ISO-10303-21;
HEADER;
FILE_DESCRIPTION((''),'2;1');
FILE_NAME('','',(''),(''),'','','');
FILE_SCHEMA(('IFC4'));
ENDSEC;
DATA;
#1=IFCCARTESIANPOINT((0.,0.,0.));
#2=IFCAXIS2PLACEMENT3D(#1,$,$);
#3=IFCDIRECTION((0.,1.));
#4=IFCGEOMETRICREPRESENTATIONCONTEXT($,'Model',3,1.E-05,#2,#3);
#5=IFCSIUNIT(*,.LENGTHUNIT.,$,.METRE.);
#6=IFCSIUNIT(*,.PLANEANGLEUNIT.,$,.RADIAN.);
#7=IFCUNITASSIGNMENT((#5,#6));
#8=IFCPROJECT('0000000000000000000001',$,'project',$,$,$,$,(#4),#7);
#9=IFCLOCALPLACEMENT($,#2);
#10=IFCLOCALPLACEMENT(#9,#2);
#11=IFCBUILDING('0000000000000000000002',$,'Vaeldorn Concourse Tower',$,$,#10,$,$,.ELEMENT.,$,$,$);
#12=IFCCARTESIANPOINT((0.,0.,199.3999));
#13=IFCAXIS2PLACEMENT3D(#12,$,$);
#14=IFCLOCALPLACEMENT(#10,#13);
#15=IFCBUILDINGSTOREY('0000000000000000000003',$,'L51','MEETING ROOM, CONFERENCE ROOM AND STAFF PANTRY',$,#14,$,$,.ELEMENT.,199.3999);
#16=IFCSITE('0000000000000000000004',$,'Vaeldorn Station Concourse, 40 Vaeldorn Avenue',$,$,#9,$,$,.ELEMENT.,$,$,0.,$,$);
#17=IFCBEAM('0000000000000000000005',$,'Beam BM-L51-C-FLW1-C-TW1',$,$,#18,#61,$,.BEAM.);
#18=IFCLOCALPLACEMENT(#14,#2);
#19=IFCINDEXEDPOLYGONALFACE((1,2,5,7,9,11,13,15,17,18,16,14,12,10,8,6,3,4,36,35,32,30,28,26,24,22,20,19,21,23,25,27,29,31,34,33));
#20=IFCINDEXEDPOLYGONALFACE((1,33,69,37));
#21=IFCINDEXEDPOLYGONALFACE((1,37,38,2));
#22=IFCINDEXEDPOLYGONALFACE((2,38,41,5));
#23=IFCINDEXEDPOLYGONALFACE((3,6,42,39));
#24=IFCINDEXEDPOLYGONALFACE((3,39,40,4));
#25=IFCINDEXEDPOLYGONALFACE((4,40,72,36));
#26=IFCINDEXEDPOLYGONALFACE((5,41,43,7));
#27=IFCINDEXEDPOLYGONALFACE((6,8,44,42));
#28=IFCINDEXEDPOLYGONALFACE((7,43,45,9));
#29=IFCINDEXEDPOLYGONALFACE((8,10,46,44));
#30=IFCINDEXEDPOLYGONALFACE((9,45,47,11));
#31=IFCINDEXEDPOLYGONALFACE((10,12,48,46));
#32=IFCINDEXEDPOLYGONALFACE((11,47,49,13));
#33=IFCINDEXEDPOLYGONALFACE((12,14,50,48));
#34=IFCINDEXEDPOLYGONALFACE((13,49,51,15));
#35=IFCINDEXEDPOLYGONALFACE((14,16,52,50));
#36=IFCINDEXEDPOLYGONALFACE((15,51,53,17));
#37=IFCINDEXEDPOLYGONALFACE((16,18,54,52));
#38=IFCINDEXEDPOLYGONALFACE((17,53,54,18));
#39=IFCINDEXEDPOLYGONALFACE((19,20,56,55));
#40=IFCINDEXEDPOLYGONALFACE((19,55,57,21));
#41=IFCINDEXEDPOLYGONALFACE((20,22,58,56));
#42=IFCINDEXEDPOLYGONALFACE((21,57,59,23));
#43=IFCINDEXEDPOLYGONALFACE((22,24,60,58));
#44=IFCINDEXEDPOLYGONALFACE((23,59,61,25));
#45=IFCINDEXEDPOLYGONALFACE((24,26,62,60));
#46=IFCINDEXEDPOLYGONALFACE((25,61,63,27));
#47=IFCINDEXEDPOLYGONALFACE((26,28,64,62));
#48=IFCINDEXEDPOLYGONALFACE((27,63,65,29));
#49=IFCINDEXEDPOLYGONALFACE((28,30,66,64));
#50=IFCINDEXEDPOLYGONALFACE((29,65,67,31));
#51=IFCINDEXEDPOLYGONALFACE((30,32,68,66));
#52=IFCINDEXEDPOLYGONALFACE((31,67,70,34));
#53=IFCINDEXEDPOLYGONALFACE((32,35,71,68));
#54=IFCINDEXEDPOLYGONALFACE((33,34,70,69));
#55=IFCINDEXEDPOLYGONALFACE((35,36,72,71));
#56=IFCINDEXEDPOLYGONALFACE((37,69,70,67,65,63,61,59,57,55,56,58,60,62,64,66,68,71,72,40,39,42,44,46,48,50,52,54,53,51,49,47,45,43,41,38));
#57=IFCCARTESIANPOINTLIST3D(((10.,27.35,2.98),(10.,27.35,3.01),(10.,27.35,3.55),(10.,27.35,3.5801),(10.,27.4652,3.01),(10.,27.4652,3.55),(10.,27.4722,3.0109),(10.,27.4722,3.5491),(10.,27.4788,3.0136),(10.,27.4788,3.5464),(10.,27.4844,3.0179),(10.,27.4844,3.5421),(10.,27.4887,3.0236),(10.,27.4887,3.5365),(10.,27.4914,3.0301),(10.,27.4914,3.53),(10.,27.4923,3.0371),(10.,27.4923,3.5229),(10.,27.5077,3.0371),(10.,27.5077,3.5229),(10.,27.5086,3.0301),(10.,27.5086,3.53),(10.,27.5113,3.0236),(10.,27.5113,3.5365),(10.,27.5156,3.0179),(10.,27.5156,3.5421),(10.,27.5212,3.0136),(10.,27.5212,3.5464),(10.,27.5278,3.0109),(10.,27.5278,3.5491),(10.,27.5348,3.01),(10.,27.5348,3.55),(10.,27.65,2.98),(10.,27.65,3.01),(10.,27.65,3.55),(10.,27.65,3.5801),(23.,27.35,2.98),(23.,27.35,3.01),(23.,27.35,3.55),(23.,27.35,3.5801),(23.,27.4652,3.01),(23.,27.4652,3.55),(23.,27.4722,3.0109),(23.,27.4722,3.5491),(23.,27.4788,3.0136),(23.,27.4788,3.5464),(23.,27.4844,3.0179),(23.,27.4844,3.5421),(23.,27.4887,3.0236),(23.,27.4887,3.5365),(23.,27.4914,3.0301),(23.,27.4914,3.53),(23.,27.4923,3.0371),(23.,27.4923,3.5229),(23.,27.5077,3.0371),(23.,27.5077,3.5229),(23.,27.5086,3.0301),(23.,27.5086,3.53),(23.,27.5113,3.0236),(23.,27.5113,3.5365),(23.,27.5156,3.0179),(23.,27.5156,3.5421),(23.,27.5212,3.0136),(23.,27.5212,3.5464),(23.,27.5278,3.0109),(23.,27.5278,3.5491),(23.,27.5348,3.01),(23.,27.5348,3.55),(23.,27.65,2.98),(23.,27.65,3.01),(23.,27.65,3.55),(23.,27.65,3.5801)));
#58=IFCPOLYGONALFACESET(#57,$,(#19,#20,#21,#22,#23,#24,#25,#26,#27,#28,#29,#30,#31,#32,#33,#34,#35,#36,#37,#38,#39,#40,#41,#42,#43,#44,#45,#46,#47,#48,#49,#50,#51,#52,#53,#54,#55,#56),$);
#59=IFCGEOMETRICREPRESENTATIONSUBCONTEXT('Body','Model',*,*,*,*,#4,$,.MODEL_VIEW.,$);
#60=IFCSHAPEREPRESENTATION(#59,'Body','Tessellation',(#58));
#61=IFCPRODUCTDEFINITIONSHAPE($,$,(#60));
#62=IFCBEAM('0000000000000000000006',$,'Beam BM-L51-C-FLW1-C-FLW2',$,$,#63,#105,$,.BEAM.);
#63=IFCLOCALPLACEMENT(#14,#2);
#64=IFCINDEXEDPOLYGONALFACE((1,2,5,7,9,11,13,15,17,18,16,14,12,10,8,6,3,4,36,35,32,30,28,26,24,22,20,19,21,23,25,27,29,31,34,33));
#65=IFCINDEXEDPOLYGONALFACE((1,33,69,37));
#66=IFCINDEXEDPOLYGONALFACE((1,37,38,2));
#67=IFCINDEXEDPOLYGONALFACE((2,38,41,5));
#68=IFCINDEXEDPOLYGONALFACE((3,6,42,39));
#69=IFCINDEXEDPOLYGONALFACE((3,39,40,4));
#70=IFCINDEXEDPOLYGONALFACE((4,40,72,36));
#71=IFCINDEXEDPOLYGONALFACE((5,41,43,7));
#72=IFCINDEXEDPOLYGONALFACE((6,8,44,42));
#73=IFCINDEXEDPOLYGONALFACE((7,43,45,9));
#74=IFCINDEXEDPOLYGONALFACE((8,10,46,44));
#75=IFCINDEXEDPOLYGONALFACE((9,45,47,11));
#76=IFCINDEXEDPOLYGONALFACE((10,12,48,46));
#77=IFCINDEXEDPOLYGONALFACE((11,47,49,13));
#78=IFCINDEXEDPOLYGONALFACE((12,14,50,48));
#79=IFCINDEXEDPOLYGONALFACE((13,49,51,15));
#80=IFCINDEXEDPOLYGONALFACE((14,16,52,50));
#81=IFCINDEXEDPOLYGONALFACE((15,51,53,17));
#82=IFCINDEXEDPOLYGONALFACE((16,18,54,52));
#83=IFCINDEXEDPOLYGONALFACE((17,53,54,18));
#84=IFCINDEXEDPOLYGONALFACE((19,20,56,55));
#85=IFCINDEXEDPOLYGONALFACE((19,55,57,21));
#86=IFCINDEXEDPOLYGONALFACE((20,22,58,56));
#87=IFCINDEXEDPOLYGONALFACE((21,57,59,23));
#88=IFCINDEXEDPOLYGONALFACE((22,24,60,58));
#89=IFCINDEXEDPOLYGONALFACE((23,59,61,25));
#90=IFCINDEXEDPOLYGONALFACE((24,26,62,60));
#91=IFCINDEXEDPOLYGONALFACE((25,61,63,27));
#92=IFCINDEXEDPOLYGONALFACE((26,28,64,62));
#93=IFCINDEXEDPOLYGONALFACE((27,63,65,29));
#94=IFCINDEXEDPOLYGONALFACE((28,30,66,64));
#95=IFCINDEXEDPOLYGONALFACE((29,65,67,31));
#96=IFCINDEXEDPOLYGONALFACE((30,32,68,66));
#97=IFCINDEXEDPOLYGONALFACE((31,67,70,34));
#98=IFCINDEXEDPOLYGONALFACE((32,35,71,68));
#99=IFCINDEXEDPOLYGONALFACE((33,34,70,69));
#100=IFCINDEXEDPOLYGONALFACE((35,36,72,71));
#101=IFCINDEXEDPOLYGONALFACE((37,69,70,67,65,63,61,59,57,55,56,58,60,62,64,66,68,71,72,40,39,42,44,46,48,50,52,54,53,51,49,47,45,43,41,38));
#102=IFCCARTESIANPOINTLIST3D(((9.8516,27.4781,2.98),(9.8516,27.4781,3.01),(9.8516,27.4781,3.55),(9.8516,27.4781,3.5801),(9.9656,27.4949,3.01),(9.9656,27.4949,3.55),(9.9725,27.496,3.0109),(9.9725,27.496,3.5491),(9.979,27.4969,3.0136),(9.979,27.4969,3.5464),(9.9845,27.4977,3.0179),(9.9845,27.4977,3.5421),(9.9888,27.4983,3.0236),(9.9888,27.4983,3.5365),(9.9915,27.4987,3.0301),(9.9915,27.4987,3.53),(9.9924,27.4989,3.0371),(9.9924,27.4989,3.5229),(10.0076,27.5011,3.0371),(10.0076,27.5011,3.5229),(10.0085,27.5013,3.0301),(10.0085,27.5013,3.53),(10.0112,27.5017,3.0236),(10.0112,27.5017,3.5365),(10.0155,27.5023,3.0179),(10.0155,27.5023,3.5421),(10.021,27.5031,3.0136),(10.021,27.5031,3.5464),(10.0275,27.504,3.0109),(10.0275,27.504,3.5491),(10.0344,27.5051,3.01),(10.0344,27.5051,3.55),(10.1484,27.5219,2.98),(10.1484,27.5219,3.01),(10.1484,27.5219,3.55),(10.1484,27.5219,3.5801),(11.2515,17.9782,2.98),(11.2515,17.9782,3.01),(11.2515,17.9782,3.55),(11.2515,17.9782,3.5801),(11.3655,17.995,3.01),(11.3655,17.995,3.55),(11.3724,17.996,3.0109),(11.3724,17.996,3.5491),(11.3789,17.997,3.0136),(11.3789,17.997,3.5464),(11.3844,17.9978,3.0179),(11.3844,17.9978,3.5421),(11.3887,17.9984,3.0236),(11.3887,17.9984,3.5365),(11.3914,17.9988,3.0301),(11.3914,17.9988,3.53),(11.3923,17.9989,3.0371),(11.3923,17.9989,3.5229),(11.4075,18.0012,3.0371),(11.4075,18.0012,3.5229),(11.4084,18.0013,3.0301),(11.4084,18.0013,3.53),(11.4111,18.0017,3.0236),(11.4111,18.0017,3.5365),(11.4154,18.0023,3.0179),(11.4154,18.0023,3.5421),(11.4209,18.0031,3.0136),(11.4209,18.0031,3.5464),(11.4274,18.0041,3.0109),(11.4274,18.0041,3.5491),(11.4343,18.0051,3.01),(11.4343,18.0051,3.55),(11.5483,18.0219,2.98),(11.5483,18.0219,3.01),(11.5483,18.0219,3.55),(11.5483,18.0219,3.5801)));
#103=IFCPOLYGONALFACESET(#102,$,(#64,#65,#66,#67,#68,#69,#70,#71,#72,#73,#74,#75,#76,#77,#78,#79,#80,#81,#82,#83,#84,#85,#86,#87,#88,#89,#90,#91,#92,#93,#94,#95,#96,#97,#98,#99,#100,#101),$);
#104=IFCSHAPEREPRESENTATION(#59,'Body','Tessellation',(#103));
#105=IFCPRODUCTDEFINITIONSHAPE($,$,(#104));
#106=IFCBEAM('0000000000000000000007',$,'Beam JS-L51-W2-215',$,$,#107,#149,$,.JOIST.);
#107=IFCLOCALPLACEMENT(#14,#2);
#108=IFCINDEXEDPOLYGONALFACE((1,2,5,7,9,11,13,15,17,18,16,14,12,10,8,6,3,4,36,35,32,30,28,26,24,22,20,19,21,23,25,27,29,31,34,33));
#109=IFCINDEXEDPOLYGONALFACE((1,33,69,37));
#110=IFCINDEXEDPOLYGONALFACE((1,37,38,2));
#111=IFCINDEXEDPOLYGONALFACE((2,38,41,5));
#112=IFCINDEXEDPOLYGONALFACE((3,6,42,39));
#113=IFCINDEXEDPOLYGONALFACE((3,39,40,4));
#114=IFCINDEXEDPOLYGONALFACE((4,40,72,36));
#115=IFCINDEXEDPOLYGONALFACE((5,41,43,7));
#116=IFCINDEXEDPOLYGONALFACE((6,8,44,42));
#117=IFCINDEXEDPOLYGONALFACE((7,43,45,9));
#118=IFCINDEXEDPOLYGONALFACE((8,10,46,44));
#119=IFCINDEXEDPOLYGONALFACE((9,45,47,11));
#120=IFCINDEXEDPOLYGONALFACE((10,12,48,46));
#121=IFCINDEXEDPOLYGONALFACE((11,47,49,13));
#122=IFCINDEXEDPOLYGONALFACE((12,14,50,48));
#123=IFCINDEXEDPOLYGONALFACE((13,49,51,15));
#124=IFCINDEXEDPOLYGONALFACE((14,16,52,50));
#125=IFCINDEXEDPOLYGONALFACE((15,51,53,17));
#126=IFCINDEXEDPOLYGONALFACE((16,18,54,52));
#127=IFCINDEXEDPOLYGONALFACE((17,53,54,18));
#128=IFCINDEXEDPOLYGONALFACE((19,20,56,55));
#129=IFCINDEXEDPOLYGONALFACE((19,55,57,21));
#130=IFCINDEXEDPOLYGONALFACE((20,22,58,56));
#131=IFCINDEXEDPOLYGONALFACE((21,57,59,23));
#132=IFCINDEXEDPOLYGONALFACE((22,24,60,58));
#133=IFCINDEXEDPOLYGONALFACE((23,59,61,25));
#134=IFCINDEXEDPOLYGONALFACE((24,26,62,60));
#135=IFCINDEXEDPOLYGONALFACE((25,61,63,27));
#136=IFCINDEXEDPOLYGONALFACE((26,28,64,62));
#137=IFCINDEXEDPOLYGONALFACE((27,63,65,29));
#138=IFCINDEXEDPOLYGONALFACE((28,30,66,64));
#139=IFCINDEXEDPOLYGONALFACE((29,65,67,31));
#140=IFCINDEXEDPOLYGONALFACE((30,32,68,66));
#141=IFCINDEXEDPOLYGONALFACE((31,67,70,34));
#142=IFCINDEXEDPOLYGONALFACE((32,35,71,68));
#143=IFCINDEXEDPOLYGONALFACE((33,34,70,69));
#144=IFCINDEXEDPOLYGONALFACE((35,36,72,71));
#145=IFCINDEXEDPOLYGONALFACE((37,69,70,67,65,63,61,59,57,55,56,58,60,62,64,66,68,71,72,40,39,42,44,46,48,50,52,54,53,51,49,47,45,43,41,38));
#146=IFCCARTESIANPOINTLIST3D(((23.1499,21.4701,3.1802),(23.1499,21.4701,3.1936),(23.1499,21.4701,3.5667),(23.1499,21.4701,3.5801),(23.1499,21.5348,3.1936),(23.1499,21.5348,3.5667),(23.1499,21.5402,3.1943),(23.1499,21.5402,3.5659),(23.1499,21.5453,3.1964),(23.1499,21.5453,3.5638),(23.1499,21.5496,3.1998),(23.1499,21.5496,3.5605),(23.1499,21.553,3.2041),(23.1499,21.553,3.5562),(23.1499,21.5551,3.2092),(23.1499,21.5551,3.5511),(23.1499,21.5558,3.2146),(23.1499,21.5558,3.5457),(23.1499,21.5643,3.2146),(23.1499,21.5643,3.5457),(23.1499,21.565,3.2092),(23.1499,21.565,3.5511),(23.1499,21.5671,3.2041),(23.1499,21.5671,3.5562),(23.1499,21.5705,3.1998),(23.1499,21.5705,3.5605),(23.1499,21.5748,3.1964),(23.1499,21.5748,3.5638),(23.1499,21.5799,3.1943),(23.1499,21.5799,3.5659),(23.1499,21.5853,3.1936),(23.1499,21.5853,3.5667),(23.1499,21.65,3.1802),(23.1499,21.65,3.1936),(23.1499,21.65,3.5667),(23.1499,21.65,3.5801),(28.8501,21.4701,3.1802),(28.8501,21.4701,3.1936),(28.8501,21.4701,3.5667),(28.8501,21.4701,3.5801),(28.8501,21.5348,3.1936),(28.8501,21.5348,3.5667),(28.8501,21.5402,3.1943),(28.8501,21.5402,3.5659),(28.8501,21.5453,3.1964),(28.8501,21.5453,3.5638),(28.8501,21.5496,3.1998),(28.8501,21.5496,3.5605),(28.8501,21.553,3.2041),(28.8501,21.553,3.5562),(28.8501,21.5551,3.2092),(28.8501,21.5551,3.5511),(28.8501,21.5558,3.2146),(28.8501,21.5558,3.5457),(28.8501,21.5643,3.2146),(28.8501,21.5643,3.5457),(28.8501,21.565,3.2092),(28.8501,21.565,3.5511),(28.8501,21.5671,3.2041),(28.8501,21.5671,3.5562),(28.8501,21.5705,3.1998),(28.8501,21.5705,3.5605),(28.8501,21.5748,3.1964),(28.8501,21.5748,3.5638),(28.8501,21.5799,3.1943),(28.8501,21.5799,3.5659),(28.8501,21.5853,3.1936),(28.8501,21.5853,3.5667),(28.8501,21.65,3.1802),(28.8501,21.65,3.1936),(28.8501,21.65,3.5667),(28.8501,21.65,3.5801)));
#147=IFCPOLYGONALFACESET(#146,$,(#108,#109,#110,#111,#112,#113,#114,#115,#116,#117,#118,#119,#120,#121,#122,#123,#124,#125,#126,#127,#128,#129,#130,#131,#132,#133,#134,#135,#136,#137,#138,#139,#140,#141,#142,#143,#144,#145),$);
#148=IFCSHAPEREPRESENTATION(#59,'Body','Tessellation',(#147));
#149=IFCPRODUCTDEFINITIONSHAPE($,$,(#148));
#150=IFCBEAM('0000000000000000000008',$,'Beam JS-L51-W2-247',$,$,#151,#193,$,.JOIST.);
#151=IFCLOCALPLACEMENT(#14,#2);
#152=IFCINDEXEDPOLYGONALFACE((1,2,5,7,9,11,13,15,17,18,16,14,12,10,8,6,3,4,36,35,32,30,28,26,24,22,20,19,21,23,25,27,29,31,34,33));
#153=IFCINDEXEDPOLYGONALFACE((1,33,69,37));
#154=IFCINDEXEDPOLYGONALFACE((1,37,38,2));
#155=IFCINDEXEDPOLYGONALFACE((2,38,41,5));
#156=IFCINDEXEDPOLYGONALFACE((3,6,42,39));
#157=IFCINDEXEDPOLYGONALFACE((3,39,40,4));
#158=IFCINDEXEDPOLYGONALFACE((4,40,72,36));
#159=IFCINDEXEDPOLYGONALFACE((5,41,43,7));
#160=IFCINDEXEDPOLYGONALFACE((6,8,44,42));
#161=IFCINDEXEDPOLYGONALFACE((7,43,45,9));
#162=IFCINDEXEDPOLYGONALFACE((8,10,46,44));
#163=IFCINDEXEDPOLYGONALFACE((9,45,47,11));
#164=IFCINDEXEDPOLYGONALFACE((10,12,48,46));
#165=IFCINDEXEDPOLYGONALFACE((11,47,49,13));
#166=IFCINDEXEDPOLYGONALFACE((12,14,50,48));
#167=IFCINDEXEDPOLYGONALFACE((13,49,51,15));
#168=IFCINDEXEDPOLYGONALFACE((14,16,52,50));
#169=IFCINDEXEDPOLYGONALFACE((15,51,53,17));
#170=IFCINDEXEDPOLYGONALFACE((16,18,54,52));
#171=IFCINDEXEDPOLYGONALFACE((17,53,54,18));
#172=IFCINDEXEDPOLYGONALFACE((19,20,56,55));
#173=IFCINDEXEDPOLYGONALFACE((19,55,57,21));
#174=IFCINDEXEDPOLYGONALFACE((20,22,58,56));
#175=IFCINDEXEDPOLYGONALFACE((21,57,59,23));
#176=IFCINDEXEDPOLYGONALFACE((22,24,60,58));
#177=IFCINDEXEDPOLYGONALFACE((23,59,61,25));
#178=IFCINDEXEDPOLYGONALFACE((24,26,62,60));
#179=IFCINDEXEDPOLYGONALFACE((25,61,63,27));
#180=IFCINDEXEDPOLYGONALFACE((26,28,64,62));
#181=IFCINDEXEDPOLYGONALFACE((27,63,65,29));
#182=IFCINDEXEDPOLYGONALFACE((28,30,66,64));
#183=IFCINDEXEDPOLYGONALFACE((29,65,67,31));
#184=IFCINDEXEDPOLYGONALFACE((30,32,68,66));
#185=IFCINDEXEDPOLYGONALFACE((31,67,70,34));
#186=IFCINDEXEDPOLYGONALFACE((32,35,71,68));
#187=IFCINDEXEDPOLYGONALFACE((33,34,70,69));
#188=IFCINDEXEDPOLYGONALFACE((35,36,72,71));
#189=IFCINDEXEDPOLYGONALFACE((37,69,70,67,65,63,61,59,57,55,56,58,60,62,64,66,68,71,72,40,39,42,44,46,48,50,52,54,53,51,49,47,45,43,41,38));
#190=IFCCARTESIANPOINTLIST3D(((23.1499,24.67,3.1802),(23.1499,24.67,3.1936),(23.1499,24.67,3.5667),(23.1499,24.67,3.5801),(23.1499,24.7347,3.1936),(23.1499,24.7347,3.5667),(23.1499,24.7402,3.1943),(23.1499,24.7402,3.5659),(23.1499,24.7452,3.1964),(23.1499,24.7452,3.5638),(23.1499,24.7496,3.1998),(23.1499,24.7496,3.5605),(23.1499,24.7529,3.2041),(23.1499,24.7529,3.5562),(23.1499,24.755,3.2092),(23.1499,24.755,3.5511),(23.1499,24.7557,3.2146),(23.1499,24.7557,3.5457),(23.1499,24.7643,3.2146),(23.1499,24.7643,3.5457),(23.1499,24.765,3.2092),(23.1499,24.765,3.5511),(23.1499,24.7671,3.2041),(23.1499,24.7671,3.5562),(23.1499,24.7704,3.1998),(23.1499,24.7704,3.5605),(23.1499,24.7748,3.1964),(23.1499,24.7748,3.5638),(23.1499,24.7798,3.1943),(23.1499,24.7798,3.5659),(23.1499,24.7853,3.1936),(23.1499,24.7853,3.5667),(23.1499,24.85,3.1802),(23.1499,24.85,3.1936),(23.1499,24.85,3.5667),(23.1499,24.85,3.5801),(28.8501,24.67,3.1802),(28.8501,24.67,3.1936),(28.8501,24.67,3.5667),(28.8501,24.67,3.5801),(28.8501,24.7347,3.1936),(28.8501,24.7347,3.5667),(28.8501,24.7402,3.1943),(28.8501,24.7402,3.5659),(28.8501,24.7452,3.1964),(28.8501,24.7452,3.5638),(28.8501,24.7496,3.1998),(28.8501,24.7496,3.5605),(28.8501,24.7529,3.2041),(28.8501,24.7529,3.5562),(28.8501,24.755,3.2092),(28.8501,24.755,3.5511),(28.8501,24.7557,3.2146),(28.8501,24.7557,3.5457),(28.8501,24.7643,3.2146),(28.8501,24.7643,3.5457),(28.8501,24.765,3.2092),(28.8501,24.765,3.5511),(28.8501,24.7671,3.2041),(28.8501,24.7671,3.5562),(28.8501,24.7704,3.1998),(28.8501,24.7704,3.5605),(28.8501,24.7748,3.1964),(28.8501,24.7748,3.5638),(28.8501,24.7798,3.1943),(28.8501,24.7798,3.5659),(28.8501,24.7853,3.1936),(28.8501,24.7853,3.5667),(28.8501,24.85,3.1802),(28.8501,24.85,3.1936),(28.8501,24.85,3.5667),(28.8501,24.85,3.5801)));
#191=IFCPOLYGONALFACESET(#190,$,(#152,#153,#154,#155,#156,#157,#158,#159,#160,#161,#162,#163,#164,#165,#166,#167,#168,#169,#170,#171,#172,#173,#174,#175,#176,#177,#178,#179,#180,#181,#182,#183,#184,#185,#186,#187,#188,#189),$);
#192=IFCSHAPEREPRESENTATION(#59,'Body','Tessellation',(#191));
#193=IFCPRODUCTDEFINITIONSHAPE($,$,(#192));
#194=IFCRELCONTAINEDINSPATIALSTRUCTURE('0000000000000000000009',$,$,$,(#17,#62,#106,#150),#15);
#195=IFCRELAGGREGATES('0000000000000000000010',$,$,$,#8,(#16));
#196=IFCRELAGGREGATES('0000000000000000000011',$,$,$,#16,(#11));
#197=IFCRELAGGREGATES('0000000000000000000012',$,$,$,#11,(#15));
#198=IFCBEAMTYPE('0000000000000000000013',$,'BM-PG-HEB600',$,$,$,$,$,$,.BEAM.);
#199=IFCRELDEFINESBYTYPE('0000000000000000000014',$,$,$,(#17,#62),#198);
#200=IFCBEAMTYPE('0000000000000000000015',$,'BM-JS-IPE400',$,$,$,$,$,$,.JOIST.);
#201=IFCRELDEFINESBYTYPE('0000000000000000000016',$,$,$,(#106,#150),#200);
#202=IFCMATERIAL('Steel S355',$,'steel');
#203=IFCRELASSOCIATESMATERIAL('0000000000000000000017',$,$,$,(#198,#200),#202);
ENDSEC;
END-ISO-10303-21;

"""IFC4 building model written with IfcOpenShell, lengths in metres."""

from ifc_helpers import new_model, si_unit, direction, frame, origin, origin_2d, place, context, subcontext, project, spatial, i_section, extrude, source, transform, mapped, material, material_profile, profile_set, type_object, element, save


model = new_model("IFC4")

# Units and contexts
model_context = context("Model", 3, precision=1e-05, world=origin(), true_north=direction((0.0, 1.0)))
body_context = subcontext(model_context, "Body", "Model", "MODEL_VIEW")
ifc_project = project(units=[si_unit("LENGTHUNIT", "METRE"), si_unit("PLANEANGLEUNIT", "RADIAN")], contexts=[model_context])

# Site, building, storey
site_placement = place(None, origin())
site = spatial("IfcSite", under=ifc_project, at=site_placement, Name="Vaeldorn Station Concourse, 40 Vaeldorn Avenue", CompositionType="ELEMENT", RefElevation=0.0)
building_placement = place(site_placement, origin())
building = spatial("IfcBuilding", under=site, at=building_placement, Name="Vaeldorn Concourse Tower", CompositionType="ELEMENT")
storey_placement = place(building_placement, frame((0.0, 0.0, 199.3999)))
storey = spatial("IfcBuildingStorey", under=building, at=storey_placement, Name="L51", Description="MEETING ROOM, CONFERENCE ROOM AND STAFF PANTRY", CompositionType="ELEMENT", Elevation=199.3999)

# Shared definitions
ifc_material_1 = material(Name="Steel S355", Category="steel")

# Beams
ifc_material_profile_1 = material_profile(ifc_material_1, i_section(OverallWidth=0.3, OverallDepth=0.6001, WebThickness=0.0154, FlangeThickness=0.03, FilletRadius=0.0271, at=origin_2d()), Name="HEB 600")
ifc_profile_set_1 = profile_set([ifc_material_profile_1], Name="Steel S355")
beam_type_1 = type_object("IfcBeamType", Name="BM-PG-HEB600", PredefinedType="BEAM", material=ifc_profile_set_1)
shared_shape_1 = source(origin(), body_context, "Body", "SweptSolid", [
    extrude(i_section(OverallWidth=0.3, OverallDepth=0.6001, WebThickness=0.0154, FlangeThickness=0.03, FilletRadius=0.0271, at=origin_2d()), origin(), (0.0, 0.0, 1.0), 13.0),
])
beam_1_placement = place(storey_placement, frame((10.0, 27.5, 3.28), z_axis=(1.0, 0.0, 0.0), x_axis=(0.0, 1.0, 0.0)))
element("IfcBeam", 1, at=beam_1_placement, inside=storey, type_object=beam_type_1, Name="Beam BM-L51-C-FLW1-C-TW1", PredefinedType="BEAM", context=body_context, shape_type="MappedRepresentation", body=[
    mapped(shared_shape_1, transform((0.0, 0.0, 0.0), scale=1.0)),
])
shared_shape_2 = source(origin(), body_context, "Body", "SweptSolid", [
    extrude(i_section(OverallWidth=0.3, OverallDepth=0.6001, WebThickness=0.0154, FlangeThickness=0.03, FilletRadius=0.0271, at=origin_2d()), origin(), (0.0, 0.0, 1.0), 9.6025),
])
beam_2_placement = place(storey_placement, frame((10.0, 27.5, 3.28), z_axis=(0.145784, -0.989316, 0.0), x_axis=(0.989316, 0.145784, 0.0)))
element("IfcBeam", 2, at=beam_2_placement, inside=storey, type_object=beam_type_1, Name="Beam BM-L51-C-FLW1-C-FLW2", PredefinedType="BEAM", context=body_context, shape_type="MappedRepresentation", body=[
    mapped(shared_shape_2, transform((0.0, 0.0, 0.0), scale=1.0)),
])
ifc_material_profile_2 = material_profile(ifc_material_1, i_section(OverallWidth=0.1799, OverallDepth=0.3999, WebThickness=0.0085, FlangeThickness=0.0134, FilletRadius=0.021, at=origin_2d()), Name="IPE 400")
ifc_profile_set_2 = profile_set([ifc_material_profile_2], Name="Steel S355")
beam_type_2 = type_object("IfcBeamType", Name="BM-JS-IPE400", PredefinedType="JOIST", material=ifc_profile_set_2)
shared_shape_3 = source(origin(), body_context, "Body", "SweptSolid", [
    extrude(i_section(OverallWidth=0.1799, OverallDepth=0.3999, WebThickness=0.0085, FlangeThickness=0.0134, FilletRadius=0.021, at=origin_2d()), origin(), (0.0, 0.0, 1.0), 5.7002),
])
for number, where, z_axis, x_axis, name in (
    (3, (23.1499, 21.5601, 3.3801), (1.0, 0.0, 0.0), (0.0, 1.0, 0.0), "Beam JS-L51-W2-215"),
    (4, (23.1499, 24.76, 3.3801), (1.0, 0.0, 0.0), (0.0, 1.0, 0.0), "Beam JS-L51-W2-247"),
):
    element("IfcBeam", number, at=place(storey_placement, frame(where, z_axis=z_axis, x_axis=x_axis)), inside=storey, type_object=beam_type_2, Name=name, PredefinedType="JOIST", context=body_context, shape_type="MappedRepresentation", body=[
        mapped(shared_shape_3, transform((0.0, 0.0, 0.0), scale=1.0)),
    ])

save(model, "model.ifc")
